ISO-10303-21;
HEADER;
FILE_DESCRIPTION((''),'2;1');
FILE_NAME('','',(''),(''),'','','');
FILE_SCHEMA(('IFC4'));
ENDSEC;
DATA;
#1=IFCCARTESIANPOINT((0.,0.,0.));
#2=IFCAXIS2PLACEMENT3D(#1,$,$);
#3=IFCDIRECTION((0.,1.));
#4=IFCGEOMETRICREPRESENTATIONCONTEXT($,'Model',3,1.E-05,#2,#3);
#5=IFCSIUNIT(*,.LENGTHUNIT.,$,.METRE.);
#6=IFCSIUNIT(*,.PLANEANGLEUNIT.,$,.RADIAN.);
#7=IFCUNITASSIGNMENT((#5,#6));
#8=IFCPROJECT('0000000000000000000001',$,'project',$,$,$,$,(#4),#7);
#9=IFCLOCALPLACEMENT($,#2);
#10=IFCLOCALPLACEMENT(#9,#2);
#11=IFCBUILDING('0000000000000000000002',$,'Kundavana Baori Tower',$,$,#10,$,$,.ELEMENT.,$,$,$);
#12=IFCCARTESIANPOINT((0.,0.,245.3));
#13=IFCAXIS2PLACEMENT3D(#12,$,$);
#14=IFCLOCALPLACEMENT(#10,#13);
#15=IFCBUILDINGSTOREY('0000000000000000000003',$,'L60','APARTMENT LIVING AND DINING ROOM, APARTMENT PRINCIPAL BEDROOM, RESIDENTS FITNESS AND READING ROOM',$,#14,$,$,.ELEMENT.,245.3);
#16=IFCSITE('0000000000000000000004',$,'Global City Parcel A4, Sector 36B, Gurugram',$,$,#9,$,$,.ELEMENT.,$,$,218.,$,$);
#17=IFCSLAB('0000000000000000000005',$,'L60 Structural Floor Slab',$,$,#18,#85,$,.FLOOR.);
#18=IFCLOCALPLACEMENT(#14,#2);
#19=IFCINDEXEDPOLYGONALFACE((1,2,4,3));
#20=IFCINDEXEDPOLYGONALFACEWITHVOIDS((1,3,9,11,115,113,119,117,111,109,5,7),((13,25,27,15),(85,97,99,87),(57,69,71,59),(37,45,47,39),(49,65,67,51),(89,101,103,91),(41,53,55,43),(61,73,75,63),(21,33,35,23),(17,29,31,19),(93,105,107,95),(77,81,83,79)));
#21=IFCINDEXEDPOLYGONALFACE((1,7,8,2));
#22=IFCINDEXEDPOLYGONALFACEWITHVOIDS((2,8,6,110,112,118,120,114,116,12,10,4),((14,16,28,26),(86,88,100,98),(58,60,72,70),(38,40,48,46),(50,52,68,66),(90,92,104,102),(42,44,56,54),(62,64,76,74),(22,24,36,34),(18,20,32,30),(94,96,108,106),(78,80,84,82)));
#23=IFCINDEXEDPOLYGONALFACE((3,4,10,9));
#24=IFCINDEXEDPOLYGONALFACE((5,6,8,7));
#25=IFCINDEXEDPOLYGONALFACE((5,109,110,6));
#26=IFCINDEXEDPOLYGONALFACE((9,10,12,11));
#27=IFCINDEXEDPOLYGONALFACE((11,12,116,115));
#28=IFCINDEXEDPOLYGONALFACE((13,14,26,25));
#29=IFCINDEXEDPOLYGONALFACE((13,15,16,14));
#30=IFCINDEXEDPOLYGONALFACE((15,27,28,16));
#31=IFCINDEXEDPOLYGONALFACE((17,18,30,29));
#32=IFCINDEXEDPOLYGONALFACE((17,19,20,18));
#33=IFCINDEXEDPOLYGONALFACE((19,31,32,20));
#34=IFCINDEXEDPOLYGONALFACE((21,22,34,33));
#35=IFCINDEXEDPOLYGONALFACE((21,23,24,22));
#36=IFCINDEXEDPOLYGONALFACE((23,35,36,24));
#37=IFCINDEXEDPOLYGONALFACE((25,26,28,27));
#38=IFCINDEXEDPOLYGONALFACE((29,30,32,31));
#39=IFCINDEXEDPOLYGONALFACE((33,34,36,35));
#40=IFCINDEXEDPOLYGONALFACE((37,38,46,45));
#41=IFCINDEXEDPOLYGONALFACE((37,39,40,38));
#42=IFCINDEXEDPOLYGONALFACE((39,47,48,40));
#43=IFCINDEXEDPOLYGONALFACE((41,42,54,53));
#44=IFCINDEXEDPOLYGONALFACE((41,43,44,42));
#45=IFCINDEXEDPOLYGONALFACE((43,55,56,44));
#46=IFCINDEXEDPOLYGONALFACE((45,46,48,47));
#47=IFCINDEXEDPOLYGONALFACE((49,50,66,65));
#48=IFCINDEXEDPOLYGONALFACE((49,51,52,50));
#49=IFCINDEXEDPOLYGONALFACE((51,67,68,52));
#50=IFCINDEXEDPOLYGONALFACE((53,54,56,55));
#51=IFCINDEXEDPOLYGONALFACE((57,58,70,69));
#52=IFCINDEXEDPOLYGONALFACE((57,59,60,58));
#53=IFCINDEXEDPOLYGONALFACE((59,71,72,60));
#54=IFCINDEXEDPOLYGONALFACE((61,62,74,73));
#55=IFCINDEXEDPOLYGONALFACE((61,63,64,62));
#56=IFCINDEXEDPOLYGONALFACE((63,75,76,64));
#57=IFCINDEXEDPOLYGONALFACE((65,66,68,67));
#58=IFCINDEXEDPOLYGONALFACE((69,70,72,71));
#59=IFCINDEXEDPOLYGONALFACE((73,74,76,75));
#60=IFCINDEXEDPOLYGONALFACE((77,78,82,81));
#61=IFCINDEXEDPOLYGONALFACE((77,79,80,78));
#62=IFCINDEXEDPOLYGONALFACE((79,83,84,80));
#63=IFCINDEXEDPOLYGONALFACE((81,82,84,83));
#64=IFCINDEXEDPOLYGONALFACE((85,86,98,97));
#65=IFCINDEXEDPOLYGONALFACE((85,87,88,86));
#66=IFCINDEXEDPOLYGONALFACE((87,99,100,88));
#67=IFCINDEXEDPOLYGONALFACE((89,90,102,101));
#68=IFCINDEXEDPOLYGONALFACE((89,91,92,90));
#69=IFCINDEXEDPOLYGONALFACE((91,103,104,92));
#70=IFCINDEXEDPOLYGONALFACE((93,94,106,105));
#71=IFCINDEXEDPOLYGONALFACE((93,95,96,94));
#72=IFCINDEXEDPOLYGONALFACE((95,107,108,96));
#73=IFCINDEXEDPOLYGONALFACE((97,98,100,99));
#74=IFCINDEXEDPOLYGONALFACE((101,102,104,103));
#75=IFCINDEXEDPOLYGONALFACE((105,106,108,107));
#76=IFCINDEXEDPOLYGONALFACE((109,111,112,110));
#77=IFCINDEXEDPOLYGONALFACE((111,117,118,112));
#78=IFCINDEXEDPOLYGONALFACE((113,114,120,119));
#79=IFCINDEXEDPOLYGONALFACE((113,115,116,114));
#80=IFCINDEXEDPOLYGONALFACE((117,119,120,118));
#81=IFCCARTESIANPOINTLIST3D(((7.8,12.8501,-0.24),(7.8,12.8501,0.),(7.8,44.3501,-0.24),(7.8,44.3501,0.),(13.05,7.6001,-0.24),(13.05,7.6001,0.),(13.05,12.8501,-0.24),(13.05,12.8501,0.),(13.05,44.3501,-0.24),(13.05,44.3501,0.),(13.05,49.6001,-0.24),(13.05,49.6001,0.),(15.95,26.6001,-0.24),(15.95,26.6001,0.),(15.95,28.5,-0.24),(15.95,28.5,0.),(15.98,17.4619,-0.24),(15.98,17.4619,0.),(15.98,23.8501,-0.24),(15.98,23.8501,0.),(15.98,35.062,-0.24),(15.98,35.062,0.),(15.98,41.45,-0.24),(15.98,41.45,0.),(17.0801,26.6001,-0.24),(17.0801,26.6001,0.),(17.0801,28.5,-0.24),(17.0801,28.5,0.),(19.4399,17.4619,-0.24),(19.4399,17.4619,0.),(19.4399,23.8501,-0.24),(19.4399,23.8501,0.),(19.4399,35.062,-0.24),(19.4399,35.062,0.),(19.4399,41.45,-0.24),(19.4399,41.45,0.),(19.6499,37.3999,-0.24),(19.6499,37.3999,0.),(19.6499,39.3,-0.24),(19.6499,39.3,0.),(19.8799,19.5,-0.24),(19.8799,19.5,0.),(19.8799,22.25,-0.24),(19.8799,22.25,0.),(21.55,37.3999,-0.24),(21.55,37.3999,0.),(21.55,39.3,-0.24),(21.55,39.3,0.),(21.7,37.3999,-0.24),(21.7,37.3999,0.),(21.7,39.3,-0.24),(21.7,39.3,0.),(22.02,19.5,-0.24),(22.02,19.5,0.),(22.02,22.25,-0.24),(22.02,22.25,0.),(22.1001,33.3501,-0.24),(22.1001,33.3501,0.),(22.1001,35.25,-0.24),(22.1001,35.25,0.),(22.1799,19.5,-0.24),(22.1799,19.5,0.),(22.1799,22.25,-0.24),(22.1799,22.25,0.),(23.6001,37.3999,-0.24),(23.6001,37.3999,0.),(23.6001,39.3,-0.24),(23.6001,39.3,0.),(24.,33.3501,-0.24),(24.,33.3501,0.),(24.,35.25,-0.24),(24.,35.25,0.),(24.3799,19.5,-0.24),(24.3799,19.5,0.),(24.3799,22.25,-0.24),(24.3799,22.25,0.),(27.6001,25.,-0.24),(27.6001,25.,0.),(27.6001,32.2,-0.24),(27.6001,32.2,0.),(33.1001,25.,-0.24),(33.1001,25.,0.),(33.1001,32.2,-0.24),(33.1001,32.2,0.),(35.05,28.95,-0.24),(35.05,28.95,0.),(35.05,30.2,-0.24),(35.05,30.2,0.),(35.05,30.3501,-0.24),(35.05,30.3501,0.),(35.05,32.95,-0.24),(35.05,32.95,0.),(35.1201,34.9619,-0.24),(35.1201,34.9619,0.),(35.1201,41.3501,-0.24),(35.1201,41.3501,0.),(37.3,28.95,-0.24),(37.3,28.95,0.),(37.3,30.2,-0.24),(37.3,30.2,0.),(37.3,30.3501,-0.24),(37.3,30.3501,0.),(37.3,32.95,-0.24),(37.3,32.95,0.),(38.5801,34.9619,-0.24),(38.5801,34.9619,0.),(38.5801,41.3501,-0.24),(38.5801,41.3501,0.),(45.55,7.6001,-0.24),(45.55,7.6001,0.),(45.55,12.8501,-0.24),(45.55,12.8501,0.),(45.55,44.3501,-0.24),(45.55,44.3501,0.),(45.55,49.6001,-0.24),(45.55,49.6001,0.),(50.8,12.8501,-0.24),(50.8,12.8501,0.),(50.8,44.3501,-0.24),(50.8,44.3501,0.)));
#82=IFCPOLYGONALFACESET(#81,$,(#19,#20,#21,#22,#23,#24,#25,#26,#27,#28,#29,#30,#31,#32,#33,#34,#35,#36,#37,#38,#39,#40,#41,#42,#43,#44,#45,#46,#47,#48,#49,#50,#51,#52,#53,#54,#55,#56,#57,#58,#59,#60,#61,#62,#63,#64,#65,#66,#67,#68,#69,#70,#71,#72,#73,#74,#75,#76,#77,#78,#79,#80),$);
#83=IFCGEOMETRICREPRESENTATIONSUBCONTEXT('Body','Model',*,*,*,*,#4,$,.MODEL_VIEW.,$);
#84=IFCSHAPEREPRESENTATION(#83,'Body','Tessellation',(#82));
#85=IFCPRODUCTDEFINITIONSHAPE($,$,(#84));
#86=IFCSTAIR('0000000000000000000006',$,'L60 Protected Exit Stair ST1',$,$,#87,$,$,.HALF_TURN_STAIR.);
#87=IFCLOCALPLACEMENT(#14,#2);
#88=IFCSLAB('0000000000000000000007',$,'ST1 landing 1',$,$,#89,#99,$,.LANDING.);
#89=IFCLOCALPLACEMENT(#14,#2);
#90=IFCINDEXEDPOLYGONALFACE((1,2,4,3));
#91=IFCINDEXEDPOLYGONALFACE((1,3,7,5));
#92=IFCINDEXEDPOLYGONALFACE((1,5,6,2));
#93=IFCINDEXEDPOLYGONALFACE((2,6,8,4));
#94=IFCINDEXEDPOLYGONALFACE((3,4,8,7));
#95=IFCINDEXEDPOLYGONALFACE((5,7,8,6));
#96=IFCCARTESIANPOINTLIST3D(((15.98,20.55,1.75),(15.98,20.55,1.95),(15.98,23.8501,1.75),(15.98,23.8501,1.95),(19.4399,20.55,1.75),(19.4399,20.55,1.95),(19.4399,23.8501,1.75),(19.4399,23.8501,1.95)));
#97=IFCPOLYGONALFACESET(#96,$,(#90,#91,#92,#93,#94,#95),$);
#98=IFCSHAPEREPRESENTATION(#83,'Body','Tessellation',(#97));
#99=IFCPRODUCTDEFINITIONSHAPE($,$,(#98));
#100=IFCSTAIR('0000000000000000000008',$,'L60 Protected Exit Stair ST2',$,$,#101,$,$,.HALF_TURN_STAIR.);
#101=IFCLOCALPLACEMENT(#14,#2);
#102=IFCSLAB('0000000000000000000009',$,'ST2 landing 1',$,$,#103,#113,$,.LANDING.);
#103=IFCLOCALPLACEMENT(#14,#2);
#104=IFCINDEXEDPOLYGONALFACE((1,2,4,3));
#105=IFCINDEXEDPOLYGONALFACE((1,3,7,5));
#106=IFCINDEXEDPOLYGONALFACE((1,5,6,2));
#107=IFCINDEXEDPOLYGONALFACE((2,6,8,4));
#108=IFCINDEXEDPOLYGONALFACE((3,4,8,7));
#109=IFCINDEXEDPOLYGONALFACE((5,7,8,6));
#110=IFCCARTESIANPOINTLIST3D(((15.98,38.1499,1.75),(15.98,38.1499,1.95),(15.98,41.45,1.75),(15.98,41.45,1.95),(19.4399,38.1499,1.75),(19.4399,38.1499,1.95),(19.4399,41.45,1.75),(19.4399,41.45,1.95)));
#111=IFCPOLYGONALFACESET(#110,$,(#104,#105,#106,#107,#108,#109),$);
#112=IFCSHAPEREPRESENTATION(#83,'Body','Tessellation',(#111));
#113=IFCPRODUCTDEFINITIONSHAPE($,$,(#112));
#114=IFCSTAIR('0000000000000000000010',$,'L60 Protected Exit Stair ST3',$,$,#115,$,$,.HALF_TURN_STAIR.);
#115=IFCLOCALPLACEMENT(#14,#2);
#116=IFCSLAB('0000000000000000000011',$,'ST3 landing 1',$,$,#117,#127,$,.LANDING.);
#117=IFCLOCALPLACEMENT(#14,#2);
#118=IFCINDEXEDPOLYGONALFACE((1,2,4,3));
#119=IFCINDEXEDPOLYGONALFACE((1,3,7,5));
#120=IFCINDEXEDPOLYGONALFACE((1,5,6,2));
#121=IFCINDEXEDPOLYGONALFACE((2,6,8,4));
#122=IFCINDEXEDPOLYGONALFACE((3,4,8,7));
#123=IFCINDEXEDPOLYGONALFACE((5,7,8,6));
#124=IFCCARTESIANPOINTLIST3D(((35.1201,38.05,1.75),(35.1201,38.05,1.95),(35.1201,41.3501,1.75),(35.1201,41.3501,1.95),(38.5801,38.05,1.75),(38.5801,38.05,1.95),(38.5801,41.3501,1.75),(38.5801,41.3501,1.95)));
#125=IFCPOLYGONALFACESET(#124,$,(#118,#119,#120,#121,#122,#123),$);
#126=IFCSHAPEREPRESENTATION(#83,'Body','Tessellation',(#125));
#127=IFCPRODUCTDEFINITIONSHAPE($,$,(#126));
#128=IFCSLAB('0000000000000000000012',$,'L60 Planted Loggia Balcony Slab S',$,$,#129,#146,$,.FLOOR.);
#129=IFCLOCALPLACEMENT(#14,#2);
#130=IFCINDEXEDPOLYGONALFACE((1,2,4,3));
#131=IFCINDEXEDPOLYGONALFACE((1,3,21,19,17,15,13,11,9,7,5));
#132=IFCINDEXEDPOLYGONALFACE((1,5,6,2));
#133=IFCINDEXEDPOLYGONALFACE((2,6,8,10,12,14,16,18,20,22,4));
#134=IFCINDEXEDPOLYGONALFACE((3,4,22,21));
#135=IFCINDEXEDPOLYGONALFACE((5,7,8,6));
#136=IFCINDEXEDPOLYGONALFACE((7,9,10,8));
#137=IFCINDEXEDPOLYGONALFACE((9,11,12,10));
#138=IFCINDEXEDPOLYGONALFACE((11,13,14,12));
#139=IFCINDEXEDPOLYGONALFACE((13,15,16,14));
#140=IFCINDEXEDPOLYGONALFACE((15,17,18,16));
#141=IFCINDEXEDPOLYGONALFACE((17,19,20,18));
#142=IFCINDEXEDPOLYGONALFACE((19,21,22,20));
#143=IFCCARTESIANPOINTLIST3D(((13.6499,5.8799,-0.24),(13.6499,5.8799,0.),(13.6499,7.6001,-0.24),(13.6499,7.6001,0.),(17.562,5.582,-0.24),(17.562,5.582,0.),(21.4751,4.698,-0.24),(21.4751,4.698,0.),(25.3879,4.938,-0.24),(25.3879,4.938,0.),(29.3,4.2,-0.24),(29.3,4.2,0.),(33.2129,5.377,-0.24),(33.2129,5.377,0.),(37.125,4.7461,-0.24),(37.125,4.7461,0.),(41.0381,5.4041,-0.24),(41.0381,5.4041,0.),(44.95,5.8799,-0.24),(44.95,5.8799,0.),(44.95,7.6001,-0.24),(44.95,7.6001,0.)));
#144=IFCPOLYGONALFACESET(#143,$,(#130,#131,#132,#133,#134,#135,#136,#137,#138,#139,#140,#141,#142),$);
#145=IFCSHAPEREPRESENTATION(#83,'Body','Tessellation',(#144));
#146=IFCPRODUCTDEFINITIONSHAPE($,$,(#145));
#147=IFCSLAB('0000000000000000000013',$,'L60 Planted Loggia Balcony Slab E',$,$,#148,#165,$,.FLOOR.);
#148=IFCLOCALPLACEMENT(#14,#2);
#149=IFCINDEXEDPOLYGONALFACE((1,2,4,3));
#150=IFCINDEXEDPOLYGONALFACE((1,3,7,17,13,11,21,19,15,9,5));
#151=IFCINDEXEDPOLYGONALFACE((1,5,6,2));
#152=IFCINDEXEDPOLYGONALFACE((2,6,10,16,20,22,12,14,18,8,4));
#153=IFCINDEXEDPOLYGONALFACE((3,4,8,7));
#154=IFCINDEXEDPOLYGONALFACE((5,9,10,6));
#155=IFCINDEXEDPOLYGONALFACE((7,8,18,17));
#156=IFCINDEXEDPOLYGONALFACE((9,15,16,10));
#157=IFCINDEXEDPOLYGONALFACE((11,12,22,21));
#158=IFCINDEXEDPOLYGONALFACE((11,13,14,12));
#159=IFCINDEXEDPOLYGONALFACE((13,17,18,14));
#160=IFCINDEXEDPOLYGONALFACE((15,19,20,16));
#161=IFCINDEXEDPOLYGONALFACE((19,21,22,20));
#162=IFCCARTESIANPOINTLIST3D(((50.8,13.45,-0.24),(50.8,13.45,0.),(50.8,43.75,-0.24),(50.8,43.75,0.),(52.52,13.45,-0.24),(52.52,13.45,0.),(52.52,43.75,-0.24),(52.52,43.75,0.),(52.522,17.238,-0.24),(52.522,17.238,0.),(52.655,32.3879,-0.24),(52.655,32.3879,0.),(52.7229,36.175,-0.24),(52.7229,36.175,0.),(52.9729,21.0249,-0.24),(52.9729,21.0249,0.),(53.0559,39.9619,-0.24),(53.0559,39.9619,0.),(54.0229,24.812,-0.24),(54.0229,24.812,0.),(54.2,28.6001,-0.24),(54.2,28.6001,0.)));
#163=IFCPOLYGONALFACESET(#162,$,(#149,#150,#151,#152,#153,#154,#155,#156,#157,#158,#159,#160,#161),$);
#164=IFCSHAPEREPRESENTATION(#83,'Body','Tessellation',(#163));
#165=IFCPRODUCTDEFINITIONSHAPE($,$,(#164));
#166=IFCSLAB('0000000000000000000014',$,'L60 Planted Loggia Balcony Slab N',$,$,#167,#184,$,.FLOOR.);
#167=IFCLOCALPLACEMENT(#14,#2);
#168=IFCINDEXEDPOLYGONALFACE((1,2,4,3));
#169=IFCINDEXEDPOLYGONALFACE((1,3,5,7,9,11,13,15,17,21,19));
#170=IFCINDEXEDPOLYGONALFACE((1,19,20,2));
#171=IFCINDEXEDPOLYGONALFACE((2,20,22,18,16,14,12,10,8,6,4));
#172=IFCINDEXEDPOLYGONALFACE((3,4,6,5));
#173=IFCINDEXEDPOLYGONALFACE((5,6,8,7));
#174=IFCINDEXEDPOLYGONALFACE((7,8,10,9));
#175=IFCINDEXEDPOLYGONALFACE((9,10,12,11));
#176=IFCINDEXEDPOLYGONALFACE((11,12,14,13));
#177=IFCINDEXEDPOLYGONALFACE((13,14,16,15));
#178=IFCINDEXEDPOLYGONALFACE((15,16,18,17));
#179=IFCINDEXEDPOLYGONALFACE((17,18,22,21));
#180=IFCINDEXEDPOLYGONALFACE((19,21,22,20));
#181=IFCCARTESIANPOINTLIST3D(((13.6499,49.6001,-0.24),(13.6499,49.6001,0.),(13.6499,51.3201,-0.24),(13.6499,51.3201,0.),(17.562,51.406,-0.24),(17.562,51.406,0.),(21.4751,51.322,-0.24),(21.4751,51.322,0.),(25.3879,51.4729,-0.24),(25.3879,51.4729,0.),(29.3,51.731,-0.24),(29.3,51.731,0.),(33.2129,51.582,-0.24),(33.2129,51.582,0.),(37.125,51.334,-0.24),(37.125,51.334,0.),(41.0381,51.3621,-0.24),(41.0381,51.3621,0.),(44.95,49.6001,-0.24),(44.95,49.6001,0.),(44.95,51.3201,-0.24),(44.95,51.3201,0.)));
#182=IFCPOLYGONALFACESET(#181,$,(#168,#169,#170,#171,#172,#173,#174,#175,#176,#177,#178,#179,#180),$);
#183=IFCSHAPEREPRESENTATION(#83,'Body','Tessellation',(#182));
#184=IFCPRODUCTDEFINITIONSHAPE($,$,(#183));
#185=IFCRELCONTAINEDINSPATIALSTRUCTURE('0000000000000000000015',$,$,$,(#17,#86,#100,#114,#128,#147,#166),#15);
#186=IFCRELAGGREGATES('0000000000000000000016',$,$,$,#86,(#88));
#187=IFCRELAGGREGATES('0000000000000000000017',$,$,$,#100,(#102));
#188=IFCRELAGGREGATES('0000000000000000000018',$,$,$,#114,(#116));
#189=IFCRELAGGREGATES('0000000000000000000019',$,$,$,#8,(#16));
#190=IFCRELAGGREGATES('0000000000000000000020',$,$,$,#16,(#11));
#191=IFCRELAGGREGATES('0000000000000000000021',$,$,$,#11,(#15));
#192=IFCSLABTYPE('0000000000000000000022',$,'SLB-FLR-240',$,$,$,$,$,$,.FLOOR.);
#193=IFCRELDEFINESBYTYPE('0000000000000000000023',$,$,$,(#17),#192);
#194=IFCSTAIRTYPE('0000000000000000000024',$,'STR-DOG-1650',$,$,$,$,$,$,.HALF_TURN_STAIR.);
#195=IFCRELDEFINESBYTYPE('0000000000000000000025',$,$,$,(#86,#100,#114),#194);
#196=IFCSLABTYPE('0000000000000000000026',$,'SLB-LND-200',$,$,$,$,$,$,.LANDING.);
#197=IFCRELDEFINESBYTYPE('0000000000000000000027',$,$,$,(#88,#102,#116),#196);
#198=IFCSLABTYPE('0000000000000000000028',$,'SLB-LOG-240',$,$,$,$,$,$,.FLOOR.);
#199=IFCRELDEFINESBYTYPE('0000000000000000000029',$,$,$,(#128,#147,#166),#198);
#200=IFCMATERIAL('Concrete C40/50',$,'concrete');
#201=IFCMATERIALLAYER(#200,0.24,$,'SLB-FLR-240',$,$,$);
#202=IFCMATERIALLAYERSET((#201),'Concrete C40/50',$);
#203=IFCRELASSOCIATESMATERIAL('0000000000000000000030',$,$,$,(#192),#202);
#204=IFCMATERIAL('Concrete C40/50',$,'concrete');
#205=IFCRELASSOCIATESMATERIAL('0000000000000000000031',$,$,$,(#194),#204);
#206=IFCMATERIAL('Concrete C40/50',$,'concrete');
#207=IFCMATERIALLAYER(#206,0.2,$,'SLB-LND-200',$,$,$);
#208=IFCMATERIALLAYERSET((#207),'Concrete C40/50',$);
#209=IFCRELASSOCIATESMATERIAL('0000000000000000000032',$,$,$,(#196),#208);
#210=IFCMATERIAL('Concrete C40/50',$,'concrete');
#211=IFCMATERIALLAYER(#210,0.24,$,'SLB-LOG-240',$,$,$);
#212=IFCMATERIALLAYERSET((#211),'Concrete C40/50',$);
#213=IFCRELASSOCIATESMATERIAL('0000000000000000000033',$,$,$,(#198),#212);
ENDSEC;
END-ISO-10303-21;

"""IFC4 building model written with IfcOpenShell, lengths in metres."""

from ifc_helpers import new_model, si_unit, direction, frame, origin, place, context, subcontext, project, spatial, polyline, outline, extrude, material, layer, layer_set, type_object, element, aggregate, save


model = new_model("IFC4")

# Units and contexts
model_context = context("Model", 3, precision=1e-05, world=origin(), true_north=direction((0.0, 1.0)))
body_context = subcontext(model_context, "Body", "Model", "MODEL_VIEW")
ifc_project = project(units=[si_unit("LENGTHUNIT", "METRE"), si_unit("PLANEANGLEUNIT", "RADIAN")], contexts=[model_context])

# Site, building, storey
site_placement = place(None, origin())
site = spatial("IfcSite", under=ifc_project, at=site_placement, Name="Global City Parcel A4, Sector 36B, Gurugram", CompositionType="ELEMENT", RefElevation=218.0)
building_placement = place(site_placement, origin())
building = spatial("IfcBuilding", under=site, at=building_placement, Name="Kundavana Baori Tower", CompositionType="ELEMENT")
storey_placement = place(building_placement, frame((0.0, 0.0, 245.3)))
storey = spatial("IfcBuildingStorey", under=building, at=storey_placement, Name="L60", Description="APARTMENT LIVING AND DINING ROOM, APARTMENT PRINCIPAL BEDROOM, RESIDENTS FITNESS AND READING ROOM", CompositionType="ELEMENT", Elevation=245.3)

# Slab
ifc_material_1 = material(Name="Concrete C40/50", Category="concrete")
ifc_layer_1 = layer(ifc_material_1, 0.24, Name="SLB-FLR-240")
ifc_layer_set_1 = layer_set([ifc_layer_1], Name="Concrete C40/50")
slab_type_1 = type_object("IfcSlabType", Name="SLB-FLR-240", PredefinedType="FLOOR", material=ifc_layer_set_1)
slab_1_placement = place(storey_placement, frame((0.0, 0.0, -0.24)))
element("IfcSlab", 1, at=slab_1_placement, inside=storey, type_object=slab_type_1, Name="L60 Structural Floor Slab", PredefinedType="FLOOR", context=body_context, shape_type="SweptSolid", body=[
    extrude(outline(polyline([(13.05, 7.6001), (45.55, 7.6001), (45.55, 12.8501), (50.8, 12.8501), (50.8, 44.3501), (45.55, 44.3501), (45.55, 49.6001), (13.05, 49.6001), (13.05, 44.3501), (7.8, 44.3501), (7.8, 12.8501), (13.05, 12.8501), (13.05, 7.6001)]), holes=[polyline([(19.4399, 17.4619), (19.4399, 23.8501), (15.98, 23.8501), (15.98, 17.4619), (19.4399, 17.4619)]), polyline([(19.4399, 35.062), (19.4399, 41.45), (15.98, 41.45), (15.98, 35.062), (19.4399, 35.062)]), polyline([(38.5801, 34.9619), (38.5801, 41.3501), (35.1201, 41.3501), (35.1201, 34.9619), (38.5801, 34.9619)]), polyline([(19.6499, 37.3999), (21.55, 37.3999), (21.55, 39.3), (19.6499, 39.3), (19.6499, 37.3999)]), polyline([(21.7, 37.3999), (23.6001, 37.3999), (23.6001, 39.3), (21.7, 39.3), (21.7, 37.3999)]), polyline([(22.1001, 33.3501), (24.0, 33.3501), (24.0, 35.25), (22.1001, 35.25), (22.1001, 33.3501)]), polyline([(19.8799, 19.5), (22.02, 19.5), (22.02, 22.25), (19.8799, 22.25), (19.8799, 19.5)]), polyline([(22.1799, 19.5), (24.3799, 19.5), (24.3799, 22.25), (22.1799, 22.25), (22.1799, 19.5)]), polyline([(35.05, 30.3501), (37.3, 30.3501), (37.3, 32.95), (35.05, 32.95), (35.05, 30.3501)]), polyline([(15.95, 26.6001), (17.0801, 26.6001), (17.0801, 28.5), (15.95, 28.5), (15.95, 26.6001)]), polyline([(35.05, 28.95), (37.3, 28.95), (37.3, 30.2), (35.05, 30.2), (35.05, 28.95)]), polyline([(27.6001, 25.0), (33.1001, 25.0), (33.1001, 32.2), (27.6001, 32.2), (27.6001, 25.0)])]), origin(), (0.0, 0.0, 1.0), 0.24),
])

# Stairs, slabs
ifc_material_2 = material(Name="Concrete C40/50", Category="concrete")
stair_type = type_object("IfcStairType", Name="STR-DOG-1650", PredefinedType="HALF_TURN_STAIR", material=ifc_material_2)
stair_1_placement = place(storey_placement, origin())
stair_1 = element("IfcStair", 2, at=stair_1_placement, inside=storey, type_object=stair_type, Name="L60 Protected Exit Stair ST1", PredefinedType="HALF_TURN_STAIR")
ifc_material_3 = material(Name="Concrete C40/50", Category="concrete")
ifc_layer_2 = layer(ifc_material_3, 0.2, Name="SLB-LND-200")
ifc_layer_set_2 = layer_set([ifc_layer_2], Name="Concrete C40/50")
slab_type_2 = type_object("IfcSlabType", Name="SLB-LND-200", PredefinedType="LANDING", material=ifc_layer_set_2)
slab_2_placement = place(storey_placement, frame((0.0, 0.0, 1.75)))
slab_2 = element("IfcSlab", 3, at=slab_2_placement, type_object=slab_type_2, Name="ST1 landing 1", PredefinedType="LANDING", context=body_context, shape_type="SweptSolid", body=[
    extrude(outline(polyline([(19.4399, 20.55), (19.4399, 23.8501), (15.98, 23.8501), (15.98, 20.55), (19.4399, 20.55)])), origin(), (0.0, 0.0, 1.0), 0.2),
])
aggregate(stair_1, [slab_2])
stair_2_placement = place(storey_placement, origin())
stair_2 = element("IfcStair", 4, at=stair_2_placement, inside=storey, type_object=stair_type, Name="L60 Protected Exit Stair ST2", PredefinedType="HALF_TURN_STAIR")
slab_3_placement = place(storey_placement, frame((0.0, 0.0, 1.75)))
slab_3 = element("IfcSlab", 5, at=slab_3_placement, type_object=slab_type_2, Name="ST2 landing 1", PredefinedType="LANDING", context=body_context, shape_type="SweptSolid", body=[
    extrude(outline(polyline([(19.4399, 38.1499), (19.4399, 41.45), (15.98, 41.45), (15.98, 38.1499), (19.4399, 38.1499)])), origin(), (0.0, 0.0, 1.0), 0.2),
])
aggregate(stair_2, [slab_3])
stair_3_placement = place(storey_placement, origin())
stair_3 = element("IfcStair", 6, at=stair_3_placement, inside=storey, type_object=stair_type, Name="L60 Protected Exit Stair ST3", PredefinedType="HALF_TURN_STAIR")
slab_4_placement = place(storey_placement, frame((0.0, 0.0, 1.75)))
slab_4 = element("IfcSlab", 7, at=slab_4_placement, type_object=slab_type_2, Name="ST3 landing 1", PredefinedType="LANDING", context=body_context, shape_type="SweptSolid", body=[
    extrude(outline(polyline([(38.5801, 38.05), (38.5801, 41.3501), (35.1201, 41.3501), (35.1201, 38.05), (38.5801, 38.05)])), origin(), (0.0, 0.0, 1.0), 0.2),
])
aggregate(stair_3, [slab_4])

# Slabs
ifc_material_4 = material(Name="Concrete C40/50", Category="concrete")
ifc_layer_3 = layer(ifc_material_4, 0.24, Name="SLB-LOG-240")
ifc_layer_set_3 = layer_set([ifc_layer_3], Name="Concrete C40/50")
slab_type_3 = type_object("IfcSlabType", Name="SLB-LOG-240", PredefinedType="FLOOR", material=ifc_layer_set_3)
slab_5_placement = place(storey_placement, frame((0.0, 0.0, -0.24)))
element("IfcSlab", 8, at=slab_5_placement, inside=storey, type_object=slab_type_3, Name="L60 Planted Loggia Balcony Slab S", PredefinedType="FLOOR", context=body_context, shape_type="SweptSolid", body=[
    extrude(outline(polyline([(13.6499, 7.6001), (44.95, 7.6001), (44.95, 5.8799), (41.0381, 5.4041), (37.125, 4.7461), (33.2129, 5.377), (29.3, 4.2), (25.3879, 4.938), (21.4751, 4.698), (17.562, 5.582), (13.6499, 5.8799), (13.6499, 7.6001)])), origin(), (0.0, 0.0, 1.0), 0.24),
])
slab_6_placement = place(storey_placement, frame((0.0, 0.0, -0.24)))
element("IfcSlab", 9, at=slab_6_placement, inside=storey, type_object=slab_type_3, Name="L60 Planted Loggia Balcony Slab E", PredefinedType="FLOOR", context=body_context, shape_type="SweptSolid", body=[
    extrude(outline(polyline([(50.8, 13.45), (50.8, 43.75), (52.52, 43.75), (53.0559, 39.9619), (52.7229, 36.175), (52.655, 32.3879), (54.2, 28.6001), (54.0229, 24.812), (52.9729, 21.0249), (52.522, 17.238), (52.52, 13.45), (50.8, 13.45)])), origin(), (0.0, 0.0, 1.0), 0.24),
])
slab_7_placement = place(storey_placement, frame((0.0, 0.0, -0.24)))
element("IfcSlab", 10, at=slab_7_placement, inside=storey, type_object=slab_type_3, Name="L60 Planted Loggia Balcony Slab N", PredefinedType="FLOOR", context=body_context, shape_type="SweptSolid", body=[
    extrude(outline(polyline([(44.95, 49.6001), (13.6499, 49.6001), (13.6499, 51.3201), (17.562, 51.406), (21.4751, 51.322), (25.3879, 51.4729), (29.3, 51.731), (33.2129, 51.582), (37.125, 51.334), (41.0381, 51.3621), (44.95, 51.3201), (44.95, 49.6001)])), origin(), (0.0, 0.0, 1.0), 0.24),
])

save(model, "model.ifc")
